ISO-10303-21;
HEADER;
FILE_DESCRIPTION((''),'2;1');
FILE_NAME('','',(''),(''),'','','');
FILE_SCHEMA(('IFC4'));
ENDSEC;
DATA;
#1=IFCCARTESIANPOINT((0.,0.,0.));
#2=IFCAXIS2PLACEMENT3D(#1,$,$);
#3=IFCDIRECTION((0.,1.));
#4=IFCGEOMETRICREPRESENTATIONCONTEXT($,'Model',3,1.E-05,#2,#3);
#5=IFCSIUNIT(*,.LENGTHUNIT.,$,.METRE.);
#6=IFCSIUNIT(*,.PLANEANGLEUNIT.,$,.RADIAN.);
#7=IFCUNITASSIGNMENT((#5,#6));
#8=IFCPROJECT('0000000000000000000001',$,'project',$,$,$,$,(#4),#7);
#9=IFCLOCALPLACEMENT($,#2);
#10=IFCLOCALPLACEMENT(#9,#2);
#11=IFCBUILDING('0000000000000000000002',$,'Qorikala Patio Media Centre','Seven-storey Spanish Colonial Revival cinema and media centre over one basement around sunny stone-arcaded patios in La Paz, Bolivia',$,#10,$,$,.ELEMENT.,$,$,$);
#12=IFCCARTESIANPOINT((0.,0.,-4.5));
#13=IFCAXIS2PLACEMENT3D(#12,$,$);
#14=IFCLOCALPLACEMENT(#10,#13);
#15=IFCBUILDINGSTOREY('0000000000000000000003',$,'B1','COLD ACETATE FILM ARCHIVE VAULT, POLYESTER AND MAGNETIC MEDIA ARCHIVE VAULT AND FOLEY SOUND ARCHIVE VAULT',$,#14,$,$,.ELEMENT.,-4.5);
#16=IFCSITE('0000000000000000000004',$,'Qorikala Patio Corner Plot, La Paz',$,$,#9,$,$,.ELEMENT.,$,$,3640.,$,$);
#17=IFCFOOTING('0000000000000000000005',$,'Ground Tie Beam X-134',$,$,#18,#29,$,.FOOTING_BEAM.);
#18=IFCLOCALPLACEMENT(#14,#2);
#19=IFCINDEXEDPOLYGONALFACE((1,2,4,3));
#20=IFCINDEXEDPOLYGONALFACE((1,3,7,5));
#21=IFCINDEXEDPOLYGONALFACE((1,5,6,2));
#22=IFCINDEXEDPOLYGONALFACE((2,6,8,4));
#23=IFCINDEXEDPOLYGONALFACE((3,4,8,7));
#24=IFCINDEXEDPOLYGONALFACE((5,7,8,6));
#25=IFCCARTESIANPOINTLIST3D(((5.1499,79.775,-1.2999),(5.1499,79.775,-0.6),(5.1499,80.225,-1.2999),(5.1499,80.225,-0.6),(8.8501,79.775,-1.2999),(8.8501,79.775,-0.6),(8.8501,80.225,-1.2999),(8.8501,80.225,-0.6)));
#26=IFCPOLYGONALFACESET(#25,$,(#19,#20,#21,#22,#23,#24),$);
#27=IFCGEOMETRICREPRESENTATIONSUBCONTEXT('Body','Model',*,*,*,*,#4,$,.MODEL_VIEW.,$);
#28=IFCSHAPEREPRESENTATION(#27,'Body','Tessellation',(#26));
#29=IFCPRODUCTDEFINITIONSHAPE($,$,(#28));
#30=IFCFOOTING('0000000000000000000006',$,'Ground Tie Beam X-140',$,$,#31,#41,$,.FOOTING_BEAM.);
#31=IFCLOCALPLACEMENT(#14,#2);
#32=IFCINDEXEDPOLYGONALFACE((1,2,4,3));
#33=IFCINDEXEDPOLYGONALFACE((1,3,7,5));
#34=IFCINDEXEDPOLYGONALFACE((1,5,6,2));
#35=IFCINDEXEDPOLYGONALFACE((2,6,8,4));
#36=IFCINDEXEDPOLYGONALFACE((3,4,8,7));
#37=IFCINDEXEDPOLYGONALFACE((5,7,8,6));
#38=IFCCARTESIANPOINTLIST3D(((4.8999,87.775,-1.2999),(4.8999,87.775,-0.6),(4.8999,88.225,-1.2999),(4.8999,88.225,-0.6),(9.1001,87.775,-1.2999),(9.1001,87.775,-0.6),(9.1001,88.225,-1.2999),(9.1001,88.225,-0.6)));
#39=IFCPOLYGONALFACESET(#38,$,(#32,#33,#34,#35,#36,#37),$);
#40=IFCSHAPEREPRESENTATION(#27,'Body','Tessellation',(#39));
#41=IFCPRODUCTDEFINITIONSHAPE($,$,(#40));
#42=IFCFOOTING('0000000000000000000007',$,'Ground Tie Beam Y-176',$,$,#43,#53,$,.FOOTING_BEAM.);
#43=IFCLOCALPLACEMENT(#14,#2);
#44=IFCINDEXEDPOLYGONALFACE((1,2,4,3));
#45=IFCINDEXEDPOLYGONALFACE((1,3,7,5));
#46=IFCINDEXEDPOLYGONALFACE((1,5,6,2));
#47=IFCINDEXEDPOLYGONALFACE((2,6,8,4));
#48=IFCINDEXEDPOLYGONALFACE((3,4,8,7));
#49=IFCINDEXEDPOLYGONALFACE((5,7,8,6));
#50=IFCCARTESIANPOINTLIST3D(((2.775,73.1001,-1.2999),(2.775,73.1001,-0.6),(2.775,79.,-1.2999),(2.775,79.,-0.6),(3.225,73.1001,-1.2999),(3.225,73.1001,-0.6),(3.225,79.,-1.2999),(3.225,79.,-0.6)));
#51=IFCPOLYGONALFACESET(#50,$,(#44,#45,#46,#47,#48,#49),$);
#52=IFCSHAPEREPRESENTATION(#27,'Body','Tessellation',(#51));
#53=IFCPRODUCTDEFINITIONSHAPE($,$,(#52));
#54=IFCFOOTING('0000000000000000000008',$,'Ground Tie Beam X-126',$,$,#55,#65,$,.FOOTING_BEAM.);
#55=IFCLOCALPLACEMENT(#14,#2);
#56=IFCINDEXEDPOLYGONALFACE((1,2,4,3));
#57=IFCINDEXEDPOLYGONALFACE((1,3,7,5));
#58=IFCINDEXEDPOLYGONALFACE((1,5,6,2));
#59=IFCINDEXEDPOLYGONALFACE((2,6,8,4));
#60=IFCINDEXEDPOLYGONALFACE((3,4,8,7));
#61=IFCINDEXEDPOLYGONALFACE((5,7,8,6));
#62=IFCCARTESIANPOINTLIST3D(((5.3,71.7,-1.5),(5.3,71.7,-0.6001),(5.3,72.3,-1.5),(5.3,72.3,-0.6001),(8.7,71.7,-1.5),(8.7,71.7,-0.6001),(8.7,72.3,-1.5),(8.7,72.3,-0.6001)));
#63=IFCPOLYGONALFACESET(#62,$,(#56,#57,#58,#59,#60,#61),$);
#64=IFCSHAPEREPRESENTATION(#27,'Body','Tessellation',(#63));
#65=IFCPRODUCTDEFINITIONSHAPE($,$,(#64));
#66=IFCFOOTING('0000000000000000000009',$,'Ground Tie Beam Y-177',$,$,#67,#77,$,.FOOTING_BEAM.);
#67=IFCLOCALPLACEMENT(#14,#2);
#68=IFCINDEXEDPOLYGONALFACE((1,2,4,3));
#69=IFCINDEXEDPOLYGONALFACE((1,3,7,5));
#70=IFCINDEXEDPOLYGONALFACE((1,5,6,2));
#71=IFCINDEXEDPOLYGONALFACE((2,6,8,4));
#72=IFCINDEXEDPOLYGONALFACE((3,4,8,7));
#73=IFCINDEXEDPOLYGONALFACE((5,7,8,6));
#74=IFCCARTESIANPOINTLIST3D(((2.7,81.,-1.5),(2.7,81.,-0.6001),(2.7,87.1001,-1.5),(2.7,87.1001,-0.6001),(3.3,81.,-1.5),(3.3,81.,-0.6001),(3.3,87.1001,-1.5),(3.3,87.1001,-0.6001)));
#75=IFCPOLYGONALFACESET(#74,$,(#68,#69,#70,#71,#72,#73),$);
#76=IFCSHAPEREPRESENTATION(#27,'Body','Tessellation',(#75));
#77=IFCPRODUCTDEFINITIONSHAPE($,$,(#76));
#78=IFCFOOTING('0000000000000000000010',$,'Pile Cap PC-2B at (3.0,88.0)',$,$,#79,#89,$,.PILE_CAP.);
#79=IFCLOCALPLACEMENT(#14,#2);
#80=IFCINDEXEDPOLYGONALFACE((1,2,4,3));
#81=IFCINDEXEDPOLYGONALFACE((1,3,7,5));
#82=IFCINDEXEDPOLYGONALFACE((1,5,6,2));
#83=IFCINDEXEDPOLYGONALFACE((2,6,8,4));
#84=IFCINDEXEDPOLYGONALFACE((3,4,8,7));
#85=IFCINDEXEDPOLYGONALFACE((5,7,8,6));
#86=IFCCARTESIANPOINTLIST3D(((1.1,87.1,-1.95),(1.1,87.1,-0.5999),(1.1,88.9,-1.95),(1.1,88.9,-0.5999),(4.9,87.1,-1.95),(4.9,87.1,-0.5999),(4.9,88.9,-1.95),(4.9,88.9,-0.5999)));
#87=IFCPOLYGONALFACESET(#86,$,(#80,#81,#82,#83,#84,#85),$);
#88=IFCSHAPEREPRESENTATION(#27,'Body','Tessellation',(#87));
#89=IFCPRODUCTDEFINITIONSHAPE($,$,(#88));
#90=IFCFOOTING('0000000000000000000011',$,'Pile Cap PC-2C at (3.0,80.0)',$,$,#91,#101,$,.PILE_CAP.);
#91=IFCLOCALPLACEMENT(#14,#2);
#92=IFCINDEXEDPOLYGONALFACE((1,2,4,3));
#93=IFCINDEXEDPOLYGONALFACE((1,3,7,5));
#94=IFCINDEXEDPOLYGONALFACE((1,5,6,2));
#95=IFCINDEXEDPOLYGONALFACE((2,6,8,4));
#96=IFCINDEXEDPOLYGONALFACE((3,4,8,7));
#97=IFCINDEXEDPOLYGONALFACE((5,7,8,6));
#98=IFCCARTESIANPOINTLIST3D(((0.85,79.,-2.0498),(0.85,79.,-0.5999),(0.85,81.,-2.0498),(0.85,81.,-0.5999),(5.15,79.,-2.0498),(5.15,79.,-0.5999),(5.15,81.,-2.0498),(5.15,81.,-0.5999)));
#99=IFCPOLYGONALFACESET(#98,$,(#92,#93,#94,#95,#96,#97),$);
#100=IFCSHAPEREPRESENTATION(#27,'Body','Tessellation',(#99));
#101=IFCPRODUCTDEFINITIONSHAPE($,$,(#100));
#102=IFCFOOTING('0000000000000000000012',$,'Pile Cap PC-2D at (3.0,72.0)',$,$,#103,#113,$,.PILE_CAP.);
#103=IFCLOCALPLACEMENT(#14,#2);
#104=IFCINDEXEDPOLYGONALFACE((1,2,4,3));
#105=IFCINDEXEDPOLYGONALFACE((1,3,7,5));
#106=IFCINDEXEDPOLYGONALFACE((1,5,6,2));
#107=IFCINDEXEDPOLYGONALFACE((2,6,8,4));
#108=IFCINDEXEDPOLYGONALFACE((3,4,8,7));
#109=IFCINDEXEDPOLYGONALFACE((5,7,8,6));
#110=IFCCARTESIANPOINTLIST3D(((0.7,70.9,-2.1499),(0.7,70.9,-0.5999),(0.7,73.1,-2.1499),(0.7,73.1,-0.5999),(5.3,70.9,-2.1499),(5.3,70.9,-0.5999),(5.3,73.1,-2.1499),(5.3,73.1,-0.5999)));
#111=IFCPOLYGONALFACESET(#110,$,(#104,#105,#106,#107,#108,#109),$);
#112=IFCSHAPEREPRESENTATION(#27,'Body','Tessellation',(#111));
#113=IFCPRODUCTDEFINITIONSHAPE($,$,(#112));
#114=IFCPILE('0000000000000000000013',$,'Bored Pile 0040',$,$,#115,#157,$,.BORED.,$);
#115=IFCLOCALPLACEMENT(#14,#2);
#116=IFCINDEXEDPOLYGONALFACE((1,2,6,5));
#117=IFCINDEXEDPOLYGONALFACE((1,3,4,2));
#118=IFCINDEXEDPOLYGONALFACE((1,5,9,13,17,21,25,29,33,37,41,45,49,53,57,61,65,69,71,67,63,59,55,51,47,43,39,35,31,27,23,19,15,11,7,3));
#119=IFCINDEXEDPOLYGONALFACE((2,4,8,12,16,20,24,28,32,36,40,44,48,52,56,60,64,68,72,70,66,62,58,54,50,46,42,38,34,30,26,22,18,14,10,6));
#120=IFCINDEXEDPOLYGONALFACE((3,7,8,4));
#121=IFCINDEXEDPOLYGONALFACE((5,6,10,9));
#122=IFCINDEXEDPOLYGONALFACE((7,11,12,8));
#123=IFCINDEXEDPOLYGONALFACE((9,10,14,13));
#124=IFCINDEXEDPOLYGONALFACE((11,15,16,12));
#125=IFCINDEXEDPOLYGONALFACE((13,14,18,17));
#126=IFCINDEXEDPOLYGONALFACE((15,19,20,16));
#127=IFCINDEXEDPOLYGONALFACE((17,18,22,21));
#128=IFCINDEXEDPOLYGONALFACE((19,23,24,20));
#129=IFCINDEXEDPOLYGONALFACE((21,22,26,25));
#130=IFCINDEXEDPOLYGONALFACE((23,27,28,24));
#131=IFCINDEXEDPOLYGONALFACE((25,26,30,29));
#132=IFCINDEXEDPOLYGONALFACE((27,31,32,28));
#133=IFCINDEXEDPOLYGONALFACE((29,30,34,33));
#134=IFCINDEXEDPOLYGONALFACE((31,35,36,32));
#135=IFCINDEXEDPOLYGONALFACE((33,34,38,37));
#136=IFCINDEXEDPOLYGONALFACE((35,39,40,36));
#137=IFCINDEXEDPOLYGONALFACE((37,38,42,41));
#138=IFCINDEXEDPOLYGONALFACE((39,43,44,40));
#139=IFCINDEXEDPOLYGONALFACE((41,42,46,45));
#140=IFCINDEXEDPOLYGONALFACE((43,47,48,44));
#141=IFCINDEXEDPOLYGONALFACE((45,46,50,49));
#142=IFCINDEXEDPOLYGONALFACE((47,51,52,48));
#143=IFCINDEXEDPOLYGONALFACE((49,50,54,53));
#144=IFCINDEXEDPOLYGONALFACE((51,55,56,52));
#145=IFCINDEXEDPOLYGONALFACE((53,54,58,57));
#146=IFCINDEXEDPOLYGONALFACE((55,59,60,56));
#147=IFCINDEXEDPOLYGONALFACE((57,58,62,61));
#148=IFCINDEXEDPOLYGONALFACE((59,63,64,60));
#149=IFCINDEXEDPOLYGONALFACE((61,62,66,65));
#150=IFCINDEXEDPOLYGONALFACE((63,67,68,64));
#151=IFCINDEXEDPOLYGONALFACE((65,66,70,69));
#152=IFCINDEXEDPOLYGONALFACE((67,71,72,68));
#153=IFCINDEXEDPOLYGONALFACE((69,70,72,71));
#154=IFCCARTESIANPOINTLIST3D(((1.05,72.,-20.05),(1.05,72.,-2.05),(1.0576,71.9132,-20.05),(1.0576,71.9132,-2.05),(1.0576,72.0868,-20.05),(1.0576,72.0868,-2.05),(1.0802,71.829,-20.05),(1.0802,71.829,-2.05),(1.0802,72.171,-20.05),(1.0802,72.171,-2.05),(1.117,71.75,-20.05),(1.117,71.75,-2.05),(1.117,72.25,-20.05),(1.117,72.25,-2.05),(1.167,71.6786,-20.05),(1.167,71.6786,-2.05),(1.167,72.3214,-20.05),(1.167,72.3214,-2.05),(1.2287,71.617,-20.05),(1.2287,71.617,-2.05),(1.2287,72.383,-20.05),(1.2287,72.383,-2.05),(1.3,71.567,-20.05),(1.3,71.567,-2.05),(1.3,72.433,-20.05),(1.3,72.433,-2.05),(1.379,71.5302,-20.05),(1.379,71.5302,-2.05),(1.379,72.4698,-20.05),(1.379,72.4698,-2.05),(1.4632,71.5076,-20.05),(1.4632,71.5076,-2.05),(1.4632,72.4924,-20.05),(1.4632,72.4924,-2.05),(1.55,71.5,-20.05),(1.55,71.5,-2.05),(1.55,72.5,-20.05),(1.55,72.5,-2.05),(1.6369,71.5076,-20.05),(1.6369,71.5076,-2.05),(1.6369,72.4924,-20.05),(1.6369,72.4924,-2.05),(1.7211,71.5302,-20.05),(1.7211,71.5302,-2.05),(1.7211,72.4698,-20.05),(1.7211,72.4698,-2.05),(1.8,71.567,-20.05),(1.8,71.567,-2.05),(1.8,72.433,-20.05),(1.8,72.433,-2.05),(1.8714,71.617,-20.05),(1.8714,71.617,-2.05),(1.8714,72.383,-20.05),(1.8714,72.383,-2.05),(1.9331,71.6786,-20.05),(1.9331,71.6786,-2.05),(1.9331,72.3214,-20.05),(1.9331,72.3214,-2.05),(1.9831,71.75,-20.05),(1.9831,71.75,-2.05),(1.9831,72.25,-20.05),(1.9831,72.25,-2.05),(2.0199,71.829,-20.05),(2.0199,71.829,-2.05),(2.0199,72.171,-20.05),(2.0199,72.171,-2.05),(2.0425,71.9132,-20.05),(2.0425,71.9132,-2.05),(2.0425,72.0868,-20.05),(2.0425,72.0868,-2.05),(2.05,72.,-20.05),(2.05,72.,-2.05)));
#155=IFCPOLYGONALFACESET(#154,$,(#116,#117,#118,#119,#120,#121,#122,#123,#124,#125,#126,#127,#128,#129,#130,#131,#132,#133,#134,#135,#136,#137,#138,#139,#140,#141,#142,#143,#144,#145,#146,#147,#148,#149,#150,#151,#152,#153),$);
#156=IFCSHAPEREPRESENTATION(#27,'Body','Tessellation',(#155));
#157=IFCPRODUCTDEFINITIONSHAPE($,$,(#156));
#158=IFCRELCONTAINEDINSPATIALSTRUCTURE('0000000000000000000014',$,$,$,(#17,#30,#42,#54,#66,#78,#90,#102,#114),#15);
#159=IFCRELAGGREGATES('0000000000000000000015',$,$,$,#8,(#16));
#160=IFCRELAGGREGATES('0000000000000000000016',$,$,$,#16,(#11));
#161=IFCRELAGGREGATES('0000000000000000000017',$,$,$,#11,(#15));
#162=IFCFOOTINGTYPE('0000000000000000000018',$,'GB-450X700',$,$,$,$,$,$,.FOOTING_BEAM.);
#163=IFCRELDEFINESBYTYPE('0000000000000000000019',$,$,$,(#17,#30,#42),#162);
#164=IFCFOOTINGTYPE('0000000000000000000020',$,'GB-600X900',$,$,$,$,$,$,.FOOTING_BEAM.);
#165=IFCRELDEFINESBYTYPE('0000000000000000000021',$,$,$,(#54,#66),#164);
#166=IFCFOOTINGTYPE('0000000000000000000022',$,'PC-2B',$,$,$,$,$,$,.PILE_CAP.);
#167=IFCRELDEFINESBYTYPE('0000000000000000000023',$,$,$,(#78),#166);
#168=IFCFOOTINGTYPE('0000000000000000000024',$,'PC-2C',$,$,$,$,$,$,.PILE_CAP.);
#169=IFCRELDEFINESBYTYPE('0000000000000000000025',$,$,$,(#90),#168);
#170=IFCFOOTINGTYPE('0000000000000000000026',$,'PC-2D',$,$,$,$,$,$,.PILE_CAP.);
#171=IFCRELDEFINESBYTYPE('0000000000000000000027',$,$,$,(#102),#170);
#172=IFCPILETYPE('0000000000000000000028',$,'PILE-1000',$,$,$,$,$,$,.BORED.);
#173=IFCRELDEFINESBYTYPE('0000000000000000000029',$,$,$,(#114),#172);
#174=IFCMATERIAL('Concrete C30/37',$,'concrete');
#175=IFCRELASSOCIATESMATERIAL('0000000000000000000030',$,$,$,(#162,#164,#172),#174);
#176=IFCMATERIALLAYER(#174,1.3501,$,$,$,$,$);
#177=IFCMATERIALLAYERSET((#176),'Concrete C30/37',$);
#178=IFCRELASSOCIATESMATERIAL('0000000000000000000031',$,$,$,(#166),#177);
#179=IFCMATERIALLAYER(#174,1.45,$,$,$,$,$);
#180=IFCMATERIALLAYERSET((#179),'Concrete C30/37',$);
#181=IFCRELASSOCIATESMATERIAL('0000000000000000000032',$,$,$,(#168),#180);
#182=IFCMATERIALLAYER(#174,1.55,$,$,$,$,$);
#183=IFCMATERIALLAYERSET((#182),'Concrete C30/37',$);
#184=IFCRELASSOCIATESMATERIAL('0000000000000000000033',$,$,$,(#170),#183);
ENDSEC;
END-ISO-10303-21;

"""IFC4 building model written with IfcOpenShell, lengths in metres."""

from ifc_helpers import new_model, si_unit, direction, frame, origin, origin_2d, place, context, subcontext, project, spatial, rectangle, circle, extrude, material, layer, layer_set, material_profile, profile_set, type_object, element, save


model = new_model("IFC4")

# Units and contexts
model_context = context("Model", 3, precision=1e-05, world=origin(), true_north=direction((0.0, 1.0)))
body_context = subcontext(model_context, "Body", "Model", "MODEL_VIEW")
ifc_project = project(units=[si_unit("LENGTHUNIT", "METRE"), si_unit("PLANEANGLEUNIT", "RADIAN")], contexts=[model_context])

# Site, building, storey
site_placement = place(None, origin())
site = spatial("IfcSite", under=ifc_project, at=site_placement, Name="Qorikala Patio Corner Plot, La Paz", CompositionType="ELEMENT", RefElevation=3640.0)
building_placement = place(site_placement, origin())
building = spatial("IfcBuilding", under=site, at=building_placement, Name="Qorikala Patio Media Centre", Description="Seven-storey Spanish Colonial Revival cinema and media centre over one basement around sunny stone-arcaded patios in La Paz, Bolivia", CompositionType="ELEMENT")
storey_placement = place(building_placement, frame((0.0, 0.0, -4.5)))
storey = spatial("IfcBuildingStorey", under=building, at=storey_placement, Name="B1", Description="COLD ACETATE FILM ARCHIVE VAULT, POLYESTER AND MAGNETIC MEDIA ARCHIVE VAULT AND FOLEY SOUND ARCHIVE VAULT", CompositionType="ELEMENT", Elevation=-4.5)

# Footings
ifc_material_1 = material(Name="Concrete C30/37", Category="concrete")
ifc_material_profile_1 = material_profile(ifc_material_1, rectangle(XDim=0.45, YDim=0.7, at=origin_2d()), Name="RC 450x700")
ifc_profile_set_1 = profile_set([ifc_material_profile_1], Name="Concrete C30/37")
footing_type_1 = type_object("IfcFootingType", Name="GB-450X700", PredefinedType="FOOTING_BEAM", material=ifc_profile_set_1)
footing_1_placement = place(storey_placement, frame((5.1499, 80.0, -0.95), z_axis=(1.0, 0.0, 0.0), x_axis=(0.0, 1.0, 0.0)))
element("IfcFooting", 1, at=footing_1_placement, inside=storey, type_object=footing_type_1, Name="Ground Tie Beam X-134", PredefinedType="FOOTING_BEAM", context=body_context, shape_type="SweptSolid", body=[
    extrude(rectangle(XDim=0.45, YDim=0.7, at=origin_2d()), origin(), (0.0, 0.0, 1.0), 3.7002),
])
footing_2_placement = place(storey_placement, frame((4.8999, 88.0, -0.95), z_axis=(1.0, 0.0, 0.0), x_axis=(0.0, 1.0, 0.0)))
element("IfcFooting", 2, at=footing_2_placement, inside=storey, type_object=footing_type_1, Name="Ground Tie Beam X-140", PredefinedType="FOOTING_BEAM", context=body_context, shape_type="SweptSolid", body=[
    extrude(rectangle(XDim=0.45, YDim=0.7, at=origin_2d()), origin(), (0.0, 0.0, 1.0), 4.2002),
])
footing_3_placement = place(storey_placement, frame((3.0, 73.1001, -0.95), z_axis=(0.0, 1.0, 0.0), x_axis=(-1.0, 0.0, 0.0)))
element("IfcFooting", 3, at=footing_3_placement, inside=storey, type_object=footing_type_1, Name="Ground Tie Beam Y-176", PredefinedType="FOOTING_BEAM", context=body_context, shape_type="SweptSolid", body=[
    extrude(rectangle(XDim=0.45, YDim=0.7, at=origin_2d()), origin(), (0.0, 0.0, 1.0), 5.8999),
])
ifc_material_profile_2 = material_profile(ifc_material_1, rectangle(XDim=0.6001, YDim=0.8999, at=origin_2d()), Name="RC 600x900")
ifc_profile_set_2 = profile_set([ifc_material_profile_2], Name="Concrete C30/37")
footing_type_2 = type_object("IfcFootingType", Name="GB-600X900", PredefinedType="FOOTING_BEAM", material=ifc_profile_set_2)
footing_4_placement = place(storey_placement, frame((5.3, 72.0, -1.05), z_axis=(1.0, 0.0, 0.0), x_axis=(0.0, 1.0, 0.0)))
element("IfcFooting", 4, at=footing_4_placement, inside=storey, type_object=footing_type_2, Name="Ground Tie Beam X-126", PredefinedType="FOOTING_BEAM", context=body_context, shape_type="SweptSolid", body=[
    extrude(rectangle(XDim=0.6001, YDim=0.8999, at=origin_2d()), origin(), (0.0, 0.0, 1.0), 3.3999),
])
footing_5_placement = place(storey_placement, frame((3.0, 81.0, -1.05), z_axis=(0.0, 1.0, 0.0), x_axis=(-1.0, 0.0, 0.0)))
element("IfcFooting", 5, at=footing_5_placement, inside=storey, type_object=footing_type_2, Name="Ground Tie Beam Y-177", PredefinedType="FOOTING_BEAM", context=body_context, shape_type="SweptSolid", body=[
    extrude(rectangle(XDim=0.6001, YDim=0.8999, at=origin_2d()), origin(), (0.0, 0.0, 1.0), 6.1001),
])
ifc_layer_1 = layer(ifc_material_1, 1.3501)
ifc_layer_set_1 = layer_set([ifc_layer_1], Name="Concrete C30/37")
footing_type_3 = type_object("IfcFootingType", Name="PC-2B", PredefinedType="PILE_CAP", material=ifc_layer_set_1)
footing_6_placement = place(storey_placement, frame((3.0, 88.0, -1.95), z_axis=(0.0, 0.0, 1.0), x_axis=(1.0, 0.0, 0.0)))
element("IfcFooting", 6, at=footing_6_placement, inside=storey, type_object=footing_type_3, Name="Pile Cap PC-2B at (3.0,88.0)", PredefinedType="PILE_CAP", context=body_context, shape_type="SweptSolid", body=[
    extrude(rectangle(XDim=3.8, YDim=1.8, at=origin_2d()), origin(), (0.0, 0.0, 1.0), 1.3501),
])
ifc_layer_2 = layer(ifc_material_1, 1.45)
ifc_layer_set_2 = layer_set([ifc_layer_2], Name="Concrete C30/37")
footing_type_4 = type_object("IfcFootingType", Name="PC-2C", PredefinedType="PILE_CAP", material=ifc_layer_set_2)
footing_7_placement = place(storey_placement, frame((3.0, 80.0, -2.0498), z_axis=(0.0, 0.0, 1.0), x_axis=(1.0, 0.0, 0.0)))
element("IfcFooting", 7, at=footing_7_placement, inside=storey, type_object=footing_type_4, Name="Pile Cap PC-2C at (3.0,80.0)", PredefinedType="PILE_CAP", context=body_context, shape_type="SweptSolid", body=[
    extrude(rectangle(XDim=4.3, YDim=2.0, at=origin_2d()), origin(), (0.0, 0.0, 1.0), 1.45),
])
ifc_layer_3 = layer(ifc_material_1, 1.55)
ifc_layer_set_3 = layer_set([ifc_layer_3], Name="Concrete C30/37")
footing_type_5 = type_object("IfcFootingType", Name="PC-2D", PredefinedType="PILE_CAP", material=ifc_layer_set_3)
footing_8_placement = place(storey_placement, frame((3.0, 72.0, -2.1499), z_axis=(0.0, 0.0, 1.0), x_axis=(1.0, 0.0, 0.0)))
element("IfcFooting", 8, at=footing_8_placement, inside=storey, type_object=footing_type_5, Name="Pile Cap PC-2D at (3.0,72.0)", PredefinedType="PILE_CAP", context=body_context, shape_type="SweptSolid", body=[
    extrude(rectangle(XDim=4.6001, YDim=2.2, at=origin_2d()), origin(), (0.0, 0.0, 1.0), 1.55),
])

# Pile
ifc_material_profile_3 = material_profile(ifc_material_1, circle(Radius=0.5, at=origin_2d()), Name="BORED PILE 1000")
ifc_profile_set_3 = profile_set([ifc_material_profile_3], Name="Concrete C30/37")
pile_type_1 = type_object("IfcPileType", Name="PILE-1000", PredefinedType="BORED", material=ifc_profile_set_3)
for number, where, z_axis, x_axis, name in (
    (9, (1.55, 72.0, -2.05), (0.0, 0.0, -1.0), (1.0, 0.0, 0.0), "Bored Pile 0040"),
):
    element("IfcPile", number, at=place(storey_placement, frame(where, z_axis=z_axis, x_axis=x_axis)), inside=storey, type_object=pile_type_1, Name=name, PredefinedType="BORED", context=body_context, shape_type="SweptSolid", body=[
        extrude(circle(Radius=0.5, at=origin_2d()), origin(), (0.0, 0.0, 1.0), 18.0),
    ])

save(model, "model.ifc")
